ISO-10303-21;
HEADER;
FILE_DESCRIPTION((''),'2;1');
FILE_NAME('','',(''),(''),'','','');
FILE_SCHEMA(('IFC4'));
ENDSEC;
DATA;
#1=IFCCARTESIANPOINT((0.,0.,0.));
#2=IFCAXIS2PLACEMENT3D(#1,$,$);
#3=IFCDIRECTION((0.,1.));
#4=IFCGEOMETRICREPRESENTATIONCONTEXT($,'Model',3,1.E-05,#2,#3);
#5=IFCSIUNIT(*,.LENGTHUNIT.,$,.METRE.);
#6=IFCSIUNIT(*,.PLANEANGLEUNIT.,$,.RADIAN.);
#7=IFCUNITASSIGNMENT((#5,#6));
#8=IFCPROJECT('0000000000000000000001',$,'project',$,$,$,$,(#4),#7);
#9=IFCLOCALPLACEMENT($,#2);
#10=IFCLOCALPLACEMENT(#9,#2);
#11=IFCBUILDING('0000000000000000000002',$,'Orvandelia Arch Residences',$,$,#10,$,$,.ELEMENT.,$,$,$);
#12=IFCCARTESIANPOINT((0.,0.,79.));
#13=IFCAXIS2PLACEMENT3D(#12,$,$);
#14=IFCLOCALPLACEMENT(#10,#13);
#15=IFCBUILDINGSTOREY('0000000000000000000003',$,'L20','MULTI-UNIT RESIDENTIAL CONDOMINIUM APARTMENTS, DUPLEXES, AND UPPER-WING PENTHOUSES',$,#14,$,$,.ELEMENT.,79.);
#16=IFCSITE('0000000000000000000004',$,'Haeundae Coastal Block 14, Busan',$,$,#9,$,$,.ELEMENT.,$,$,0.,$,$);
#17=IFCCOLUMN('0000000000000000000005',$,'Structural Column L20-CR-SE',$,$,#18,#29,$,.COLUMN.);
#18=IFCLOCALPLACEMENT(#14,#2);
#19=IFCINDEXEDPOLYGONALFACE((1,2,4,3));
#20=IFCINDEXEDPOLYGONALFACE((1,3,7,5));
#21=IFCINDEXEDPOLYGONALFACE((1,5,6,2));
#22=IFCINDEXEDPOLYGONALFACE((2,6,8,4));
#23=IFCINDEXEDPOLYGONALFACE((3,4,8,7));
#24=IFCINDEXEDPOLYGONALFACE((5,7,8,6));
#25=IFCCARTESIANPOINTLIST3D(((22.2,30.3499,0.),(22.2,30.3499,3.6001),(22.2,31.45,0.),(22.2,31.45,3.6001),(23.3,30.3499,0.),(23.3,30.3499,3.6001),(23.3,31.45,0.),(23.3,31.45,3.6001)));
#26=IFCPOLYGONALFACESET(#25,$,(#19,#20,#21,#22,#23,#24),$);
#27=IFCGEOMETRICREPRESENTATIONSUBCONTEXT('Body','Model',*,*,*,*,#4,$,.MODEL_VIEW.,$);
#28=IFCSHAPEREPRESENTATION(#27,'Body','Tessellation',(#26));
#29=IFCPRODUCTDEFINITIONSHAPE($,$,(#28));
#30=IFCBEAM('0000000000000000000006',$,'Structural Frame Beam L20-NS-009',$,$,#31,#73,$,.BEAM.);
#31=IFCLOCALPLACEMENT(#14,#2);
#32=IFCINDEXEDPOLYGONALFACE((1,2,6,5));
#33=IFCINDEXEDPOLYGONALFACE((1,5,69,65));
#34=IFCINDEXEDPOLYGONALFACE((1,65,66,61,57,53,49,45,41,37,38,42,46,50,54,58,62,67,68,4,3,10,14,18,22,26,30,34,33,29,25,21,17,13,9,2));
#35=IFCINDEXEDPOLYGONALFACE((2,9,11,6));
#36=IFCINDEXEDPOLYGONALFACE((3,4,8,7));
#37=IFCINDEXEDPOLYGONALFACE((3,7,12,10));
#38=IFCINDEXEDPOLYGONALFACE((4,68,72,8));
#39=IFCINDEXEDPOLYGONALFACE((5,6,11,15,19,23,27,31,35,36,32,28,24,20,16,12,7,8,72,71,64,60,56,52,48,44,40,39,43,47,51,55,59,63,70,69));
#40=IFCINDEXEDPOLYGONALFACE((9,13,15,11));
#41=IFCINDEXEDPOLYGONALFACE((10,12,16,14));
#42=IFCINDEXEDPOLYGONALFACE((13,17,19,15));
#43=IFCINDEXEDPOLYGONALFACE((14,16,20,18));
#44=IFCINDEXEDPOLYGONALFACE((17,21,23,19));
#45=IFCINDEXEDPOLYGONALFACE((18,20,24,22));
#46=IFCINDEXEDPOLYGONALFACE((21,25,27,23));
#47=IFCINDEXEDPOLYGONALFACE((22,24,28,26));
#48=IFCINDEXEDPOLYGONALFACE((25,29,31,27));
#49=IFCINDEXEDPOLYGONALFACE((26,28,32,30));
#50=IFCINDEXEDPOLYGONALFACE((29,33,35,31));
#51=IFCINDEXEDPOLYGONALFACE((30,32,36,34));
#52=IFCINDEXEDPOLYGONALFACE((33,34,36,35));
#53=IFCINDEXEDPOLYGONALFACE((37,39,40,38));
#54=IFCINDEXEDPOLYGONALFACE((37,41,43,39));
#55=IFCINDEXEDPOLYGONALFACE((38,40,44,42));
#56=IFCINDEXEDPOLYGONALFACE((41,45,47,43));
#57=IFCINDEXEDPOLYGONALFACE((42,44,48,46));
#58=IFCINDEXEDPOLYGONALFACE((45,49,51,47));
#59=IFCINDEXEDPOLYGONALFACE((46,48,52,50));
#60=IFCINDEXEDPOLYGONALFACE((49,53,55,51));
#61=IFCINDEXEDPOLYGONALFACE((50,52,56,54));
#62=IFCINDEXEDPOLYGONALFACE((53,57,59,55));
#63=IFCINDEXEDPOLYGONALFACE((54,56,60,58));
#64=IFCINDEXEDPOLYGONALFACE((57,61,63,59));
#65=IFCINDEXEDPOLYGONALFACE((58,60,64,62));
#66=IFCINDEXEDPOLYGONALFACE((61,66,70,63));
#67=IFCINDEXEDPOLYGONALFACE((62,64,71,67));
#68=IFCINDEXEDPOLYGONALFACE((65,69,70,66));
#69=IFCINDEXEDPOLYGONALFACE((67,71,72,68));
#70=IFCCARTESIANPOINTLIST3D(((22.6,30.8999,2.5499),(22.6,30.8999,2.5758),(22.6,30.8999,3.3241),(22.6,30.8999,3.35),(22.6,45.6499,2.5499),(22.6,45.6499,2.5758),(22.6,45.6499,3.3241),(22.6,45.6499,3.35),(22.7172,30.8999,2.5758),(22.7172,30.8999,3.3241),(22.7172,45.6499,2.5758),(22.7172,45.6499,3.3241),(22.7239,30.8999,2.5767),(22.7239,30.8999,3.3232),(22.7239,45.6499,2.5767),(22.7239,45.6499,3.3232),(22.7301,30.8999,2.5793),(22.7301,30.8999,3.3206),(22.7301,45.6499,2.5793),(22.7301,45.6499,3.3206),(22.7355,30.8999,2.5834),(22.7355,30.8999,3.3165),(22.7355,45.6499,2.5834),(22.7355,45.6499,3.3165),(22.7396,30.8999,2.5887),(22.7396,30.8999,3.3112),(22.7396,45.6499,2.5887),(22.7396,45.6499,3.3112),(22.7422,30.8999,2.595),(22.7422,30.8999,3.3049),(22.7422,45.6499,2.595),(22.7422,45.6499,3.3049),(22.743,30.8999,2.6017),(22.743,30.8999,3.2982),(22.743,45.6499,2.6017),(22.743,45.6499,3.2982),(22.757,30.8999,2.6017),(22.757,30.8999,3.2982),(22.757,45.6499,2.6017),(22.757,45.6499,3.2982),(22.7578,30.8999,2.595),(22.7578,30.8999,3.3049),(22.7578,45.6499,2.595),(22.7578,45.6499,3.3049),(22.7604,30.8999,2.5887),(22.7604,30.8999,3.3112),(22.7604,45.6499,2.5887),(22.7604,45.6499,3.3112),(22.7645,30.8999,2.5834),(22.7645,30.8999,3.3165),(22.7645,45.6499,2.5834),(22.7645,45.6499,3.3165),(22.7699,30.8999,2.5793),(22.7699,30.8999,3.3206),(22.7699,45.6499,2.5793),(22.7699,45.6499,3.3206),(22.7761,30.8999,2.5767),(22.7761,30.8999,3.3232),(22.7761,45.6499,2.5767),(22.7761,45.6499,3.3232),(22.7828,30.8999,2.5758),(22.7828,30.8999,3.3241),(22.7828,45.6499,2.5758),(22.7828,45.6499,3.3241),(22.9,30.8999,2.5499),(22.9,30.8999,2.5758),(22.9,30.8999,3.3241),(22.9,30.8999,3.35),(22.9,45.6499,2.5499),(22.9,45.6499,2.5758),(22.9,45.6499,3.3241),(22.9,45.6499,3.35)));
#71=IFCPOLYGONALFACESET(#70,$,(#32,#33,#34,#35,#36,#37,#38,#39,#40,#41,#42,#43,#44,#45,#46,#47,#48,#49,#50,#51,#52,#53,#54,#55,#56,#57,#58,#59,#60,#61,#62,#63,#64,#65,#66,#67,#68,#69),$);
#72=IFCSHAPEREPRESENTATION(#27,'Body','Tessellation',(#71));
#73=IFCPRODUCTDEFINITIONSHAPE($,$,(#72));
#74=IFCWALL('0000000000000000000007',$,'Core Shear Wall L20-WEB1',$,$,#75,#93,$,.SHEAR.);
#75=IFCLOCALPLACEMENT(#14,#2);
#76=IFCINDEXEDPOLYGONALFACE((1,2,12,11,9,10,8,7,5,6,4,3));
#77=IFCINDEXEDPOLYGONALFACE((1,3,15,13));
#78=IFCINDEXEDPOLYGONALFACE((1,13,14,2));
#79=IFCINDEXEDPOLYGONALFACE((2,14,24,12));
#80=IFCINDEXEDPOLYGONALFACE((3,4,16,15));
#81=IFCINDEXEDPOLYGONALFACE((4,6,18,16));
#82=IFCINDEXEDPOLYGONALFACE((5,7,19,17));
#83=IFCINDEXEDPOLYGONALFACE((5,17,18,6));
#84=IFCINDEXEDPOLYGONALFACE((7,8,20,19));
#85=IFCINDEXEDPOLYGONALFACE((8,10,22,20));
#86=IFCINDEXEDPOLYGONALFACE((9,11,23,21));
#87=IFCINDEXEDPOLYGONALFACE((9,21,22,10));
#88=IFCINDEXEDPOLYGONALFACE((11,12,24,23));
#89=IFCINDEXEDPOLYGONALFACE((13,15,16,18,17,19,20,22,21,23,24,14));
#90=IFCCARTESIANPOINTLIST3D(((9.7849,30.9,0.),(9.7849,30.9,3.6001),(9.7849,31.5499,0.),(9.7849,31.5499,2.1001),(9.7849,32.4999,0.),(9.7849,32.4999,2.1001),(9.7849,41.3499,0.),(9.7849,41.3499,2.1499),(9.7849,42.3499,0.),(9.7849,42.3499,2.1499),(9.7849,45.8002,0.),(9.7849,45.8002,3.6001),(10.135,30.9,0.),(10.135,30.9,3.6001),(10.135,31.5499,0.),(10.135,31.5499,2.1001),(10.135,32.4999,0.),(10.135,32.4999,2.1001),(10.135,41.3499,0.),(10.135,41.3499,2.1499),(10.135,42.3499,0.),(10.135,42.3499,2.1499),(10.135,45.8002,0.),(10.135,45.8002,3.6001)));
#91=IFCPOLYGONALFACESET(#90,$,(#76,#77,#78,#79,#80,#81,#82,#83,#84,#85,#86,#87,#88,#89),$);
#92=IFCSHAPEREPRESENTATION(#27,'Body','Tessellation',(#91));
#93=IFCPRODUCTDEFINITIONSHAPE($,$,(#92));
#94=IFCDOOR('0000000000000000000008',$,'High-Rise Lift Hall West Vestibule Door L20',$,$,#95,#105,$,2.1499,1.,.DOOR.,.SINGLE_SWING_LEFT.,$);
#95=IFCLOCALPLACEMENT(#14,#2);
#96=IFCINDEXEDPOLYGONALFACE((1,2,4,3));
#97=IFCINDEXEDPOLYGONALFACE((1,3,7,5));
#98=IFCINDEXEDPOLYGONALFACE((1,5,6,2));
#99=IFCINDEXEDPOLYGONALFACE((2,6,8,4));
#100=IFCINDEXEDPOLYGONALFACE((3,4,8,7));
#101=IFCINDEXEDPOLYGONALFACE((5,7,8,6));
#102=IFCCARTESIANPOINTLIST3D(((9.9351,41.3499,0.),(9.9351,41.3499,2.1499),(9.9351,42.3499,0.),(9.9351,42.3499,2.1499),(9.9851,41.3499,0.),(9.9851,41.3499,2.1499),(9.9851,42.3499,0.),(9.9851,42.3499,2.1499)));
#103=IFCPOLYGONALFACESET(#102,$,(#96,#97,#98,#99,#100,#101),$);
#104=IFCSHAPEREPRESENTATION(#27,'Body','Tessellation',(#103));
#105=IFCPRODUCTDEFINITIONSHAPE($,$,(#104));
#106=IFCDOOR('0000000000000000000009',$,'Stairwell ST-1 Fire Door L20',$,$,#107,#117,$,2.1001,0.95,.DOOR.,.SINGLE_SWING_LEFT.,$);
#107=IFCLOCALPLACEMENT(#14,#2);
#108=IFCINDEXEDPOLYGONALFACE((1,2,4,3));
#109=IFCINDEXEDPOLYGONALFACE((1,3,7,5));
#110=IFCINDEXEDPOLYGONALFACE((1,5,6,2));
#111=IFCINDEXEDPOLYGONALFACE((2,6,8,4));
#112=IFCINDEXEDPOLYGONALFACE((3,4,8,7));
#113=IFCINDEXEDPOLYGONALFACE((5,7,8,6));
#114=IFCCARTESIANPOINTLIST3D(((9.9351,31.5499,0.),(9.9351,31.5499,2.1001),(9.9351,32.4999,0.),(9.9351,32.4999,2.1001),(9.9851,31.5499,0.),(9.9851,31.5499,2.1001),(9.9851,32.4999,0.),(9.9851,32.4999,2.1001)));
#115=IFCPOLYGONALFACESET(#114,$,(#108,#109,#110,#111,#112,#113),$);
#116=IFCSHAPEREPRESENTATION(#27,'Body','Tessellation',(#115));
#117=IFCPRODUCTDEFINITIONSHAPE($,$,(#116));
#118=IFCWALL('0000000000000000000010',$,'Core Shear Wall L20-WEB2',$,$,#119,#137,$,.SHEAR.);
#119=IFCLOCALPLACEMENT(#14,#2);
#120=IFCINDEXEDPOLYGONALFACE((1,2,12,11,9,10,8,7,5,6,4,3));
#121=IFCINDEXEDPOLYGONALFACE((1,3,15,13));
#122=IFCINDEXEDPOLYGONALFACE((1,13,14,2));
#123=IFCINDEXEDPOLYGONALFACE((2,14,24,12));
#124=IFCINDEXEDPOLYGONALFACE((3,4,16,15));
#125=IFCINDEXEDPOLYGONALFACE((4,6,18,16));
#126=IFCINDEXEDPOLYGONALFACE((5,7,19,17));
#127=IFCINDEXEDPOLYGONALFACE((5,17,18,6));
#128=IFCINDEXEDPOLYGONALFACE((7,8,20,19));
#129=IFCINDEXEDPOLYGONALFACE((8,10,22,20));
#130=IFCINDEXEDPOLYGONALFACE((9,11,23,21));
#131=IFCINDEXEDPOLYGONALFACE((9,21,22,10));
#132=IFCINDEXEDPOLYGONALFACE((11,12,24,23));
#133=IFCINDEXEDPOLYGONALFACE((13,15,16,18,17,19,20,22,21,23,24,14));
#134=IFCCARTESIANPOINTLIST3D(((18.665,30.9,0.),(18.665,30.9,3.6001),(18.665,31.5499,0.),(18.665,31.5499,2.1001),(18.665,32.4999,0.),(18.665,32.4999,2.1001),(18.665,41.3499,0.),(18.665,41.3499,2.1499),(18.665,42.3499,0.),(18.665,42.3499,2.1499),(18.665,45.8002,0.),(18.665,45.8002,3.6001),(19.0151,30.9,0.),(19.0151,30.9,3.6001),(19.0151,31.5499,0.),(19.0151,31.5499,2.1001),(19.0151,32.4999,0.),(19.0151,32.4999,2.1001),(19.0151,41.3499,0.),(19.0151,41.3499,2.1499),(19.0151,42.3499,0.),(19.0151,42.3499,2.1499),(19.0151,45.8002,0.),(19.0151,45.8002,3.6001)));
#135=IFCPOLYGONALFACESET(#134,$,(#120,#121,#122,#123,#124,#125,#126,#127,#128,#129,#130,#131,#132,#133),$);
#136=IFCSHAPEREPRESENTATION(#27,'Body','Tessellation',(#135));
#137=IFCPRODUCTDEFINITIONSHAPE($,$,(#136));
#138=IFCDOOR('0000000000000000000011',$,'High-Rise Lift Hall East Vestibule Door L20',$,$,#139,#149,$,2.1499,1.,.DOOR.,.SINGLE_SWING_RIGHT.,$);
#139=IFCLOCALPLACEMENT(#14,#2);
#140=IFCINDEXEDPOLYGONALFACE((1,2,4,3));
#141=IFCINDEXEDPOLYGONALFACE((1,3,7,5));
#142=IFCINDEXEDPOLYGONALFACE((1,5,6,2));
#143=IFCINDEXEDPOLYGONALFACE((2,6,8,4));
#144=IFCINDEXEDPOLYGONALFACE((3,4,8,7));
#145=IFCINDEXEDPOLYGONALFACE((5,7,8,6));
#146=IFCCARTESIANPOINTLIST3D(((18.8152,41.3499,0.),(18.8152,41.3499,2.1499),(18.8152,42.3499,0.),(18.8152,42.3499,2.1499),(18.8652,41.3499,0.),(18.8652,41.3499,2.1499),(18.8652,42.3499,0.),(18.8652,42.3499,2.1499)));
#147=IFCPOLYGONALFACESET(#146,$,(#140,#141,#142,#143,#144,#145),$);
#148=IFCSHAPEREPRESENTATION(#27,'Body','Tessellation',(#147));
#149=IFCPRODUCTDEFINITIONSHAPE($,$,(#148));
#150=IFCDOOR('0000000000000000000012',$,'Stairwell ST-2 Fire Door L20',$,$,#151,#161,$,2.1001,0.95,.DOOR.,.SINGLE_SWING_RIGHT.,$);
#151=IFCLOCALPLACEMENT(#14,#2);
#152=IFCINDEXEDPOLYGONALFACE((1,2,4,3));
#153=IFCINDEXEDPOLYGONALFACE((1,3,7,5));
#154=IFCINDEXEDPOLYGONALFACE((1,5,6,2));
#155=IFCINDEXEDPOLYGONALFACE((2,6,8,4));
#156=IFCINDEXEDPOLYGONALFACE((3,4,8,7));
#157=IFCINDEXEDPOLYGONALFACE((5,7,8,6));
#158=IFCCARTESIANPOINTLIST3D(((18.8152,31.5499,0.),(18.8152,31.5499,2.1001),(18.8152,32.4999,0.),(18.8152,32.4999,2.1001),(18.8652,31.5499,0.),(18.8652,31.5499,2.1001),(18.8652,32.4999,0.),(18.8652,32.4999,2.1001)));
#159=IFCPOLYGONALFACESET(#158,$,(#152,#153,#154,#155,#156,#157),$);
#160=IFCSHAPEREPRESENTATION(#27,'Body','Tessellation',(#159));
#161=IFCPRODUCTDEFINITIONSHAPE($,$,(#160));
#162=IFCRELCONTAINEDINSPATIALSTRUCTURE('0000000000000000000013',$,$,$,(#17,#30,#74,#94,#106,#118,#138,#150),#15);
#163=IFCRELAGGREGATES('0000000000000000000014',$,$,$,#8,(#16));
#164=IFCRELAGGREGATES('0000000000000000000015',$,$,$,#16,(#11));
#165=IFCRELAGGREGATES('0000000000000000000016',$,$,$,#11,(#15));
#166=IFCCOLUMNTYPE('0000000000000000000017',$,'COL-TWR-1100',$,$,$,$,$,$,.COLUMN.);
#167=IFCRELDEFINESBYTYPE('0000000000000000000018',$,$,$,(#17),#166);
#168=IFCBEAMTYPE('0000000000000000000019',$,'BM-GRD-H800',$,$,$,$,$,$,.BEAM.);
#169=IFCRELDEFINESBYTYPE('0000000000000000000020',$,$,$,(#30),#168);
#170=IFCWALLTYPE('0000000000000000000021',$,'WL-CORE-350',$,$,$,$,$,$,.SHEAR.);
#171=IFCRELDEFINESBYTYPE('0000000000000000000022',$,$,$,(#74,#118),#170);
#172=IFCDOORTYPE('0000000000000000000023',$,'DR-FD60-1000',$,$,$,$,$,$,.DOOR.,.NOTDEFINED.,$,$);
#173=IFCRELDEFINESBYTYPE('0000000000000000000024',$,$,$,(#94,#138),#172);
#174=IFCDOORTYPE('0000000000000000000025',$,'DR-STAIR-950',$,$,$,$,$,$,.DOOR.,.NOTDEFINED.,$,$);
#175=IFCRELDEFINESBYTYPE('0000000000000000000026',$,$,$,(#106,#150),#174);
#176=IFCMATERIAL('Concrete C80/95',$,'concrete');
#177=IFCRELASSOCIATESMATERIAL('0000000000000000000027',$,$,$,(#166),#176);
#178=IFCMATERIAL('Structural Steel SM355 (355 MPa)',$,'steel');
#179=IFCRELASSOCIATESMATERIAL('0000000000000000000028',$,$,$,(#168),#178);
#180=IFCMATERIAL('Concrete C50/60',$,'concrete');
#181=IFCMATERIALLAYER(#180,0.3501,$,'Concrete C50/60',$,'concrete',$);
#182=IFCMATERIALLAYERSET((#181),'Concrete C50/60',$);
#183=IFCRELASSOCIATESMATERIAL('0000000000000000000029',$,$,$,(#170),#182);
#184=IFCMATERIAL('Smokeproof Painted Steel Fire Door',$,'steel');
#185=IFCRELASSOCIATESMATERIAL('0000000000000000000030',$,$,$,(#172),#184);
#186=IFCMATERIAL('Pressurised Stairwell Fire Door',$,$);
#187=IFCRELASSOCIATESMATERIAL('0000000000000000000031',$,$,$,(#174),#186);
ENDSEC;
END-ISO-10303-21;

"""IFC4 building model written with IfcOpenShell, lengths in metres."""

from ifc_helpers import new_model, si_unit, direction, frame, frame_2d, origin, origin_2d, place, context, subcontext, project, spatial, rectangle, i_section, extrude, material, layer, layer_set, material_profile, profile_set, type_object, element, fill, save


model = new_model("IFC4")

# Units and contexts
model_context = context("Model", 3, precision=1e-05, world=origin(), true_north=direction((0.0, 1.0)))
body_context = subcontext(model_context, "Body", "Model", "MODEL_VIEW")
ifc_project = project(units=[si_unit("LENGTHUNIT", "METRE"), si_unit("PLANEANGLEUNIT", "RADIAN")], contexts=[model_context])

# Site, building, storey
site_placement = place(None, origin())
site = spatial("IfcSite", under=ifc_project, at=site_placement, Name="Haeundae Coastal Block 14, Busan", CompositionType="ELEMENT", RefElevation=0.0)
building_placement = place(site_placement, origin())
building = spatial("IfcBuilding", under=site, at=building_placement, Name="Orvandelia Arch Residences", CompositionType="ELEMENT")
storey_placement = place(building_placement, frame((0.0, 0.0, 79.0)))
storey = spatial("IfcBuildingStorey", under=building, at=storey_placement, Name="L20", Description="MULTI-UNIT RESIDENTIAL CONDOMINIUM APARTMENTS, DUPLEXES, AND UPPER-WING PENTHOUSES", CompositionType="ELEMENT", Elevation=79.0)

# Column
ifc_material_1 = material(Name="Concrete C80/95", Category="concrete")
ifc_material_profile_1 = material_profile(ifc_material_1, rectangle(XDim=1.1001, YDim=1.1001, at=origin_2d()), Name="Concrete C80/95", Category="concrete")
ifc_profile_set_1 = profile_set([ifc_material_profile_1], Name="Concrete C80/95")
column_type = type_object("IfcColumnType", Name="COL-TWR-1100", PredefinedType="COLUMN", material=ifc_profile_set_1)
column_placement = place(storey_placement, frame((22.75, 30.8999, 0.0), z_axis=(0.0, 0.0, 1.0), x_axis=(1.0, 0.0, 0.0)))
element("IfcColumn", 1, at=column_placement, inside=storey, type_object=column_type, Name="Structural Column L20-CR-SE", PredefinedType="COLUMN", context=body_context, shape_type="SweptSolid", body=[
    extrude(rectangle(XDim=1.1001, YDim=1.1001, at=origin_2d()), origin(), (0.0, 0.0, 1.0), 3.6001),
])

# Beam
ifc_material_2 = material(Name="Structural Steel SM355 (355 MPa)", Category="steel")
ifc_material_profile_2 = material_profile(ifc_material_2, i_section(OverallWidth=0.3, OverallDepth=0.8, WebThickness=0.0139, FlangeThickness=0.0259, FilletRadius=0.0259, at=origin_2d()), Name="Structural Steel SM355 (355 MPa)", Category="steel")
ifc_profile_set_2 = profile_set([ifc_material_profile_2], Name="Structural Steel SM355 (355 MPa)")
beam_type = type_object("IfcBeamType", Name="BM-GRD-H800", PredefinedType="BEAM", material=ifc_profile_set_2)
beam_placement = place(storey_placement, frame((22.75, 30.8999, 2.95), z_axis=(0.0, 1.0, 0.0), x_axis=(-1.0, 0.0, 0.0)))
element("IfcBeam", 2, at=beam_placement, inside=storey, type_object=beam_type, Name="Structural Frame Beam L20-NS-009", PredefinedType="BEAM", context=body_context, shape_type="SweptSolid", body=[
    extrude(i_section(OverallWidth=0.3, OverallDepth=0.8, WebThickness=0.0139, FlangeThickness=0.0259, FilletRadius=0.0259, at=origin_2d()), origin(), (0.0, 0.0, 1.0), 14.75),
])

# Walls, openings, doors
ifc_material_3 = material(Name="Concrete C50/60", Category="concrete")
ifc_layer_1 = layer(ifc_material_3, 0.3501, Name="Concrete C50/60", Category="concrete")
ifc_layer_set_1 = layer_set([ifc_layer_1], Name="Concrete C50/60")
wall_type_1 = type_object("IfcWallType", Name="WL-CORE-350", PredefinedType="SHEAR", material=ifc_layer_set_1)
wall_1_placement = place(storey_placement, frame((9.96, 30.8999, 0.0), z_axis=(0.0, 0.0, 1.0), x_axis=(0.0, 1.0, 0.0)))
wall_1 = element("IfcWall", 3, at=wall_1_placement, inside=storey, type_object=wall_type_1, Name="Core Shear Wall L20-WEB1", PredefinedType="SHEAR", context=body_context, shape_type="SweptSolid", body=[
    extrude(rectangle(XDim=14.9001, YDim=0.3501, at=frame_2d((7.4502, 0.0))), origin(), (0.0, 0.0, 1.0), 3.6001),
])
opening_1_placement = place(wall_1_placement, frame((0.6499, 0.0, 0.0)))
opening_1 = element("IfcOpeningElement", 4, at=opening_1_placement, cuts=wall_1, PredefinedType="OPENING", context=body_context, shape_type="SweptSolid", body=[
    extrude(rectangle(XDim=0.95, YDim=2.1001, at=frame_2d((0.4751, 1.05))), frame((0.0, 0.1851, 0.0), z_axis=(0.0, -1.0, 0.0), x_axis=(1.0, 0.0, 0.0)), (0.0, 0.0, 1.0), 0.3701),
])
opening_2_placement = place(wall_1_placement, frame((10.45, 0.0, 0.0)))
opening_2 = element("IfcOpeningElement", 5, at=opening_2_placement, cuts=wall_1, PredefinedType="OPENING", context=body_context, shape_type="SweptSolid", body=[
    extrude(rectangle(XDim=1.0, YDim=2.1499, at=frame_2d((0.5, 1.075))), frame((0.0, 0.1851, 0.0), z_axis=(0.0, -1.0, 0.0), x_axis=(1.0, 0.0, 0.0)), (0.0, 0.0, 1.0), 0.3701),
])
ifc_material_4 = material(Name="Smokeproof Painted Steel Fire Door", Category="steel")
door_type_1 = type_object("IfcDoorType", Name="DR-FD60-1000", OperationType="NOTDEFINED", PredefinedType="DOOR", material=ifc_material_4)
door_1_placement = place(opening_2_placement, origin())
door_1 = element("IfcDoor", 6, at=door_1_placement, inside=storey, type_object=door_type_1, Name="High-Rise Lift Hall West Vestibule Door L20", OperationType="SINGLE_SWING_LEFT", OverallHeight=2.1499, OverallWidth=1.0, PredefinedType="DOOR", context=body_context, shape_type="SweptSolid", body=[
    extrude(rectangle(XDim=1.0, YDim=2.1499, at=frame_2d((0.5, 1.075))), frame((0.0, 0.0249, 0.0), z_axis=(0.0, -1.0, 0.0), x_axis=(1.0, 0.0, 0.0)), (0.0, 0.0, 1.0), 0.05),
])
fill(opening_2, door_1)
ifc_material_5 = material(Name="Pressurised Stairwell Fire Door")
door_type_2 = type_object("IfcDoorType", Name="DR-STAIR-950", OperationType="NOTDEFINED", PredefinedType="DOOR", material=ifc_material_5)
door_2_placement = place(opening_1_placement, origin())
door_2 = element("IfcDoor", 7, at=door_2_placement, inside=storey, type_object=door_type_2, Name="Stairwell ST-1 Fire Door L20", OperationType="SINGLE_SWING_LEFT", OverallHeight=2.1001, OverallWidth=0.95, PredefinedType="DOOR", context=body_context, shape_type="SweptSolid", body=[
    extrude(rectangle(XDim=0.95, YDim=2.1001, at=frame_2d((0.4751, 1.05))), frame((0.0, 0.0249, 0.0), z_axis=(0.0, -1.0, 0.0), x_axis=(1.0, 0.0, 0.0)), (0.0, 0.0, 1.0), 0.05),
])
fill(opening_1, door_2)
wall_2_placement = place(storey_placement, frame((18.8401, 30.8999, 0.0), z_axis=(0.0, 0.0, 1.0), x_axis=(0.0, 1.0, 0.0)))
wall_2 = element("IfcWall", 8, at=wall_2_placement, inside=storey, type_object=wall_type_1, Name="Core Shear Wall L20-WEB2", PredefinedType="SHEAR", context=body_context, shape_type="SweptSolid", body=[
    extrude(rectangle(XDim=14.9001, YDim=0.3501, at=frame_2d((7.4502, 0.0))), origin(), (0.0, 0.0, 1.0), 3.6001),
])
opening_3_placement = place(wall_2_placement, frame((0.6499, 0.0, 0.0)))
opening_3 = element("IfcOpeningElement", 9, at=opening_3_placement, cuts=wall_2, PredefinedType="OPENING", context=body_context, shape_type="SweptSolid", body=[
    extrude(rectangle(XDim=0.95, YDim=2.1001, at=frame_2d((0.4751, 1.05))), frame((0.0, 0.1851, 0.0), z_axis=(0.0, -1.0, 0.0), x_axis=(1.0, 0.0, 0.0)), (0.0, 0.0, 1.0), 0.3701),
])
opening_4_placement = place(wall_2_placement, frame((10.45, 0.0, 0.0)))
opening_4 = element("IfcOpeningElement", 10, at=opening_4_placement, cuts=wall_2, PredefinedType="OPENING", context=body_context, shape_type="SweptSolid", body=[
    extrude(rectangle(XDim=1.0, YDim=2.1499, at=frame_2d((0.5, 1.075))), frame((0.0, 0.1851, 0.0), z_axis=(0.0, -1.0, 0.0), x_axis=(1.0, 0.0, 0.0)), (0.0, 0.0, 1.0), 0.3701),
])
door_3_placement = place(opening_4_placement, origin())
door_3 = element("IfcDoor", 11, at=door_3_placement, inside=storey, type_object=door_type_1, Name="High-Rise Lift Hall East Vestibule Door L20", OperationType="SINGLE_SWING_RIGHT", OverallHeight=2.1499, OverallWidth=1.0, PredefinedType="DOOR", context=body_context, shape_type="SweptSolid", body=[
    extrude(rectangle(XDim=1.0, YDim=2.1499, at=frame_2d((0.5, 1.075))), frame((0.0, 0.0249, 0.0), z_axis=(0.0, -1.0, 0.0), x_axis=(1.0, 0.0, 0.0)), (0.0, 0.0, 1.0), 0.05),
])
fill(opening_4, door_3)
door_4_placement = place(opening_3_placement, origin())
door_4 = element("IfcDoor", 12, at=door_4_placement, inside=storey, type_object=door_type_2, Name="Stairwell ST-2 Fire Door L20", OperationType="SINGLE_SWING_RIGHT", OverallHeight=2.1001, OverallWidth=0.95, PredefinedType="DOOR", context=body_context, shape_type="SweptSolid", body=[
    extrude(rectangle(XDim=0.95, YDim=2.1001, at=frame_2d((0.4751, 1.05))), frame((0.0, 0.0249, 0.0), z_axis=(0.0, -1.0, 0.0), x_axis=(1.0, 0.0, 0.0)), (0.0, 0.0, 1.0), 0.05),
])
fill(opening_3, door_4)

save(model, "model.ifc")
